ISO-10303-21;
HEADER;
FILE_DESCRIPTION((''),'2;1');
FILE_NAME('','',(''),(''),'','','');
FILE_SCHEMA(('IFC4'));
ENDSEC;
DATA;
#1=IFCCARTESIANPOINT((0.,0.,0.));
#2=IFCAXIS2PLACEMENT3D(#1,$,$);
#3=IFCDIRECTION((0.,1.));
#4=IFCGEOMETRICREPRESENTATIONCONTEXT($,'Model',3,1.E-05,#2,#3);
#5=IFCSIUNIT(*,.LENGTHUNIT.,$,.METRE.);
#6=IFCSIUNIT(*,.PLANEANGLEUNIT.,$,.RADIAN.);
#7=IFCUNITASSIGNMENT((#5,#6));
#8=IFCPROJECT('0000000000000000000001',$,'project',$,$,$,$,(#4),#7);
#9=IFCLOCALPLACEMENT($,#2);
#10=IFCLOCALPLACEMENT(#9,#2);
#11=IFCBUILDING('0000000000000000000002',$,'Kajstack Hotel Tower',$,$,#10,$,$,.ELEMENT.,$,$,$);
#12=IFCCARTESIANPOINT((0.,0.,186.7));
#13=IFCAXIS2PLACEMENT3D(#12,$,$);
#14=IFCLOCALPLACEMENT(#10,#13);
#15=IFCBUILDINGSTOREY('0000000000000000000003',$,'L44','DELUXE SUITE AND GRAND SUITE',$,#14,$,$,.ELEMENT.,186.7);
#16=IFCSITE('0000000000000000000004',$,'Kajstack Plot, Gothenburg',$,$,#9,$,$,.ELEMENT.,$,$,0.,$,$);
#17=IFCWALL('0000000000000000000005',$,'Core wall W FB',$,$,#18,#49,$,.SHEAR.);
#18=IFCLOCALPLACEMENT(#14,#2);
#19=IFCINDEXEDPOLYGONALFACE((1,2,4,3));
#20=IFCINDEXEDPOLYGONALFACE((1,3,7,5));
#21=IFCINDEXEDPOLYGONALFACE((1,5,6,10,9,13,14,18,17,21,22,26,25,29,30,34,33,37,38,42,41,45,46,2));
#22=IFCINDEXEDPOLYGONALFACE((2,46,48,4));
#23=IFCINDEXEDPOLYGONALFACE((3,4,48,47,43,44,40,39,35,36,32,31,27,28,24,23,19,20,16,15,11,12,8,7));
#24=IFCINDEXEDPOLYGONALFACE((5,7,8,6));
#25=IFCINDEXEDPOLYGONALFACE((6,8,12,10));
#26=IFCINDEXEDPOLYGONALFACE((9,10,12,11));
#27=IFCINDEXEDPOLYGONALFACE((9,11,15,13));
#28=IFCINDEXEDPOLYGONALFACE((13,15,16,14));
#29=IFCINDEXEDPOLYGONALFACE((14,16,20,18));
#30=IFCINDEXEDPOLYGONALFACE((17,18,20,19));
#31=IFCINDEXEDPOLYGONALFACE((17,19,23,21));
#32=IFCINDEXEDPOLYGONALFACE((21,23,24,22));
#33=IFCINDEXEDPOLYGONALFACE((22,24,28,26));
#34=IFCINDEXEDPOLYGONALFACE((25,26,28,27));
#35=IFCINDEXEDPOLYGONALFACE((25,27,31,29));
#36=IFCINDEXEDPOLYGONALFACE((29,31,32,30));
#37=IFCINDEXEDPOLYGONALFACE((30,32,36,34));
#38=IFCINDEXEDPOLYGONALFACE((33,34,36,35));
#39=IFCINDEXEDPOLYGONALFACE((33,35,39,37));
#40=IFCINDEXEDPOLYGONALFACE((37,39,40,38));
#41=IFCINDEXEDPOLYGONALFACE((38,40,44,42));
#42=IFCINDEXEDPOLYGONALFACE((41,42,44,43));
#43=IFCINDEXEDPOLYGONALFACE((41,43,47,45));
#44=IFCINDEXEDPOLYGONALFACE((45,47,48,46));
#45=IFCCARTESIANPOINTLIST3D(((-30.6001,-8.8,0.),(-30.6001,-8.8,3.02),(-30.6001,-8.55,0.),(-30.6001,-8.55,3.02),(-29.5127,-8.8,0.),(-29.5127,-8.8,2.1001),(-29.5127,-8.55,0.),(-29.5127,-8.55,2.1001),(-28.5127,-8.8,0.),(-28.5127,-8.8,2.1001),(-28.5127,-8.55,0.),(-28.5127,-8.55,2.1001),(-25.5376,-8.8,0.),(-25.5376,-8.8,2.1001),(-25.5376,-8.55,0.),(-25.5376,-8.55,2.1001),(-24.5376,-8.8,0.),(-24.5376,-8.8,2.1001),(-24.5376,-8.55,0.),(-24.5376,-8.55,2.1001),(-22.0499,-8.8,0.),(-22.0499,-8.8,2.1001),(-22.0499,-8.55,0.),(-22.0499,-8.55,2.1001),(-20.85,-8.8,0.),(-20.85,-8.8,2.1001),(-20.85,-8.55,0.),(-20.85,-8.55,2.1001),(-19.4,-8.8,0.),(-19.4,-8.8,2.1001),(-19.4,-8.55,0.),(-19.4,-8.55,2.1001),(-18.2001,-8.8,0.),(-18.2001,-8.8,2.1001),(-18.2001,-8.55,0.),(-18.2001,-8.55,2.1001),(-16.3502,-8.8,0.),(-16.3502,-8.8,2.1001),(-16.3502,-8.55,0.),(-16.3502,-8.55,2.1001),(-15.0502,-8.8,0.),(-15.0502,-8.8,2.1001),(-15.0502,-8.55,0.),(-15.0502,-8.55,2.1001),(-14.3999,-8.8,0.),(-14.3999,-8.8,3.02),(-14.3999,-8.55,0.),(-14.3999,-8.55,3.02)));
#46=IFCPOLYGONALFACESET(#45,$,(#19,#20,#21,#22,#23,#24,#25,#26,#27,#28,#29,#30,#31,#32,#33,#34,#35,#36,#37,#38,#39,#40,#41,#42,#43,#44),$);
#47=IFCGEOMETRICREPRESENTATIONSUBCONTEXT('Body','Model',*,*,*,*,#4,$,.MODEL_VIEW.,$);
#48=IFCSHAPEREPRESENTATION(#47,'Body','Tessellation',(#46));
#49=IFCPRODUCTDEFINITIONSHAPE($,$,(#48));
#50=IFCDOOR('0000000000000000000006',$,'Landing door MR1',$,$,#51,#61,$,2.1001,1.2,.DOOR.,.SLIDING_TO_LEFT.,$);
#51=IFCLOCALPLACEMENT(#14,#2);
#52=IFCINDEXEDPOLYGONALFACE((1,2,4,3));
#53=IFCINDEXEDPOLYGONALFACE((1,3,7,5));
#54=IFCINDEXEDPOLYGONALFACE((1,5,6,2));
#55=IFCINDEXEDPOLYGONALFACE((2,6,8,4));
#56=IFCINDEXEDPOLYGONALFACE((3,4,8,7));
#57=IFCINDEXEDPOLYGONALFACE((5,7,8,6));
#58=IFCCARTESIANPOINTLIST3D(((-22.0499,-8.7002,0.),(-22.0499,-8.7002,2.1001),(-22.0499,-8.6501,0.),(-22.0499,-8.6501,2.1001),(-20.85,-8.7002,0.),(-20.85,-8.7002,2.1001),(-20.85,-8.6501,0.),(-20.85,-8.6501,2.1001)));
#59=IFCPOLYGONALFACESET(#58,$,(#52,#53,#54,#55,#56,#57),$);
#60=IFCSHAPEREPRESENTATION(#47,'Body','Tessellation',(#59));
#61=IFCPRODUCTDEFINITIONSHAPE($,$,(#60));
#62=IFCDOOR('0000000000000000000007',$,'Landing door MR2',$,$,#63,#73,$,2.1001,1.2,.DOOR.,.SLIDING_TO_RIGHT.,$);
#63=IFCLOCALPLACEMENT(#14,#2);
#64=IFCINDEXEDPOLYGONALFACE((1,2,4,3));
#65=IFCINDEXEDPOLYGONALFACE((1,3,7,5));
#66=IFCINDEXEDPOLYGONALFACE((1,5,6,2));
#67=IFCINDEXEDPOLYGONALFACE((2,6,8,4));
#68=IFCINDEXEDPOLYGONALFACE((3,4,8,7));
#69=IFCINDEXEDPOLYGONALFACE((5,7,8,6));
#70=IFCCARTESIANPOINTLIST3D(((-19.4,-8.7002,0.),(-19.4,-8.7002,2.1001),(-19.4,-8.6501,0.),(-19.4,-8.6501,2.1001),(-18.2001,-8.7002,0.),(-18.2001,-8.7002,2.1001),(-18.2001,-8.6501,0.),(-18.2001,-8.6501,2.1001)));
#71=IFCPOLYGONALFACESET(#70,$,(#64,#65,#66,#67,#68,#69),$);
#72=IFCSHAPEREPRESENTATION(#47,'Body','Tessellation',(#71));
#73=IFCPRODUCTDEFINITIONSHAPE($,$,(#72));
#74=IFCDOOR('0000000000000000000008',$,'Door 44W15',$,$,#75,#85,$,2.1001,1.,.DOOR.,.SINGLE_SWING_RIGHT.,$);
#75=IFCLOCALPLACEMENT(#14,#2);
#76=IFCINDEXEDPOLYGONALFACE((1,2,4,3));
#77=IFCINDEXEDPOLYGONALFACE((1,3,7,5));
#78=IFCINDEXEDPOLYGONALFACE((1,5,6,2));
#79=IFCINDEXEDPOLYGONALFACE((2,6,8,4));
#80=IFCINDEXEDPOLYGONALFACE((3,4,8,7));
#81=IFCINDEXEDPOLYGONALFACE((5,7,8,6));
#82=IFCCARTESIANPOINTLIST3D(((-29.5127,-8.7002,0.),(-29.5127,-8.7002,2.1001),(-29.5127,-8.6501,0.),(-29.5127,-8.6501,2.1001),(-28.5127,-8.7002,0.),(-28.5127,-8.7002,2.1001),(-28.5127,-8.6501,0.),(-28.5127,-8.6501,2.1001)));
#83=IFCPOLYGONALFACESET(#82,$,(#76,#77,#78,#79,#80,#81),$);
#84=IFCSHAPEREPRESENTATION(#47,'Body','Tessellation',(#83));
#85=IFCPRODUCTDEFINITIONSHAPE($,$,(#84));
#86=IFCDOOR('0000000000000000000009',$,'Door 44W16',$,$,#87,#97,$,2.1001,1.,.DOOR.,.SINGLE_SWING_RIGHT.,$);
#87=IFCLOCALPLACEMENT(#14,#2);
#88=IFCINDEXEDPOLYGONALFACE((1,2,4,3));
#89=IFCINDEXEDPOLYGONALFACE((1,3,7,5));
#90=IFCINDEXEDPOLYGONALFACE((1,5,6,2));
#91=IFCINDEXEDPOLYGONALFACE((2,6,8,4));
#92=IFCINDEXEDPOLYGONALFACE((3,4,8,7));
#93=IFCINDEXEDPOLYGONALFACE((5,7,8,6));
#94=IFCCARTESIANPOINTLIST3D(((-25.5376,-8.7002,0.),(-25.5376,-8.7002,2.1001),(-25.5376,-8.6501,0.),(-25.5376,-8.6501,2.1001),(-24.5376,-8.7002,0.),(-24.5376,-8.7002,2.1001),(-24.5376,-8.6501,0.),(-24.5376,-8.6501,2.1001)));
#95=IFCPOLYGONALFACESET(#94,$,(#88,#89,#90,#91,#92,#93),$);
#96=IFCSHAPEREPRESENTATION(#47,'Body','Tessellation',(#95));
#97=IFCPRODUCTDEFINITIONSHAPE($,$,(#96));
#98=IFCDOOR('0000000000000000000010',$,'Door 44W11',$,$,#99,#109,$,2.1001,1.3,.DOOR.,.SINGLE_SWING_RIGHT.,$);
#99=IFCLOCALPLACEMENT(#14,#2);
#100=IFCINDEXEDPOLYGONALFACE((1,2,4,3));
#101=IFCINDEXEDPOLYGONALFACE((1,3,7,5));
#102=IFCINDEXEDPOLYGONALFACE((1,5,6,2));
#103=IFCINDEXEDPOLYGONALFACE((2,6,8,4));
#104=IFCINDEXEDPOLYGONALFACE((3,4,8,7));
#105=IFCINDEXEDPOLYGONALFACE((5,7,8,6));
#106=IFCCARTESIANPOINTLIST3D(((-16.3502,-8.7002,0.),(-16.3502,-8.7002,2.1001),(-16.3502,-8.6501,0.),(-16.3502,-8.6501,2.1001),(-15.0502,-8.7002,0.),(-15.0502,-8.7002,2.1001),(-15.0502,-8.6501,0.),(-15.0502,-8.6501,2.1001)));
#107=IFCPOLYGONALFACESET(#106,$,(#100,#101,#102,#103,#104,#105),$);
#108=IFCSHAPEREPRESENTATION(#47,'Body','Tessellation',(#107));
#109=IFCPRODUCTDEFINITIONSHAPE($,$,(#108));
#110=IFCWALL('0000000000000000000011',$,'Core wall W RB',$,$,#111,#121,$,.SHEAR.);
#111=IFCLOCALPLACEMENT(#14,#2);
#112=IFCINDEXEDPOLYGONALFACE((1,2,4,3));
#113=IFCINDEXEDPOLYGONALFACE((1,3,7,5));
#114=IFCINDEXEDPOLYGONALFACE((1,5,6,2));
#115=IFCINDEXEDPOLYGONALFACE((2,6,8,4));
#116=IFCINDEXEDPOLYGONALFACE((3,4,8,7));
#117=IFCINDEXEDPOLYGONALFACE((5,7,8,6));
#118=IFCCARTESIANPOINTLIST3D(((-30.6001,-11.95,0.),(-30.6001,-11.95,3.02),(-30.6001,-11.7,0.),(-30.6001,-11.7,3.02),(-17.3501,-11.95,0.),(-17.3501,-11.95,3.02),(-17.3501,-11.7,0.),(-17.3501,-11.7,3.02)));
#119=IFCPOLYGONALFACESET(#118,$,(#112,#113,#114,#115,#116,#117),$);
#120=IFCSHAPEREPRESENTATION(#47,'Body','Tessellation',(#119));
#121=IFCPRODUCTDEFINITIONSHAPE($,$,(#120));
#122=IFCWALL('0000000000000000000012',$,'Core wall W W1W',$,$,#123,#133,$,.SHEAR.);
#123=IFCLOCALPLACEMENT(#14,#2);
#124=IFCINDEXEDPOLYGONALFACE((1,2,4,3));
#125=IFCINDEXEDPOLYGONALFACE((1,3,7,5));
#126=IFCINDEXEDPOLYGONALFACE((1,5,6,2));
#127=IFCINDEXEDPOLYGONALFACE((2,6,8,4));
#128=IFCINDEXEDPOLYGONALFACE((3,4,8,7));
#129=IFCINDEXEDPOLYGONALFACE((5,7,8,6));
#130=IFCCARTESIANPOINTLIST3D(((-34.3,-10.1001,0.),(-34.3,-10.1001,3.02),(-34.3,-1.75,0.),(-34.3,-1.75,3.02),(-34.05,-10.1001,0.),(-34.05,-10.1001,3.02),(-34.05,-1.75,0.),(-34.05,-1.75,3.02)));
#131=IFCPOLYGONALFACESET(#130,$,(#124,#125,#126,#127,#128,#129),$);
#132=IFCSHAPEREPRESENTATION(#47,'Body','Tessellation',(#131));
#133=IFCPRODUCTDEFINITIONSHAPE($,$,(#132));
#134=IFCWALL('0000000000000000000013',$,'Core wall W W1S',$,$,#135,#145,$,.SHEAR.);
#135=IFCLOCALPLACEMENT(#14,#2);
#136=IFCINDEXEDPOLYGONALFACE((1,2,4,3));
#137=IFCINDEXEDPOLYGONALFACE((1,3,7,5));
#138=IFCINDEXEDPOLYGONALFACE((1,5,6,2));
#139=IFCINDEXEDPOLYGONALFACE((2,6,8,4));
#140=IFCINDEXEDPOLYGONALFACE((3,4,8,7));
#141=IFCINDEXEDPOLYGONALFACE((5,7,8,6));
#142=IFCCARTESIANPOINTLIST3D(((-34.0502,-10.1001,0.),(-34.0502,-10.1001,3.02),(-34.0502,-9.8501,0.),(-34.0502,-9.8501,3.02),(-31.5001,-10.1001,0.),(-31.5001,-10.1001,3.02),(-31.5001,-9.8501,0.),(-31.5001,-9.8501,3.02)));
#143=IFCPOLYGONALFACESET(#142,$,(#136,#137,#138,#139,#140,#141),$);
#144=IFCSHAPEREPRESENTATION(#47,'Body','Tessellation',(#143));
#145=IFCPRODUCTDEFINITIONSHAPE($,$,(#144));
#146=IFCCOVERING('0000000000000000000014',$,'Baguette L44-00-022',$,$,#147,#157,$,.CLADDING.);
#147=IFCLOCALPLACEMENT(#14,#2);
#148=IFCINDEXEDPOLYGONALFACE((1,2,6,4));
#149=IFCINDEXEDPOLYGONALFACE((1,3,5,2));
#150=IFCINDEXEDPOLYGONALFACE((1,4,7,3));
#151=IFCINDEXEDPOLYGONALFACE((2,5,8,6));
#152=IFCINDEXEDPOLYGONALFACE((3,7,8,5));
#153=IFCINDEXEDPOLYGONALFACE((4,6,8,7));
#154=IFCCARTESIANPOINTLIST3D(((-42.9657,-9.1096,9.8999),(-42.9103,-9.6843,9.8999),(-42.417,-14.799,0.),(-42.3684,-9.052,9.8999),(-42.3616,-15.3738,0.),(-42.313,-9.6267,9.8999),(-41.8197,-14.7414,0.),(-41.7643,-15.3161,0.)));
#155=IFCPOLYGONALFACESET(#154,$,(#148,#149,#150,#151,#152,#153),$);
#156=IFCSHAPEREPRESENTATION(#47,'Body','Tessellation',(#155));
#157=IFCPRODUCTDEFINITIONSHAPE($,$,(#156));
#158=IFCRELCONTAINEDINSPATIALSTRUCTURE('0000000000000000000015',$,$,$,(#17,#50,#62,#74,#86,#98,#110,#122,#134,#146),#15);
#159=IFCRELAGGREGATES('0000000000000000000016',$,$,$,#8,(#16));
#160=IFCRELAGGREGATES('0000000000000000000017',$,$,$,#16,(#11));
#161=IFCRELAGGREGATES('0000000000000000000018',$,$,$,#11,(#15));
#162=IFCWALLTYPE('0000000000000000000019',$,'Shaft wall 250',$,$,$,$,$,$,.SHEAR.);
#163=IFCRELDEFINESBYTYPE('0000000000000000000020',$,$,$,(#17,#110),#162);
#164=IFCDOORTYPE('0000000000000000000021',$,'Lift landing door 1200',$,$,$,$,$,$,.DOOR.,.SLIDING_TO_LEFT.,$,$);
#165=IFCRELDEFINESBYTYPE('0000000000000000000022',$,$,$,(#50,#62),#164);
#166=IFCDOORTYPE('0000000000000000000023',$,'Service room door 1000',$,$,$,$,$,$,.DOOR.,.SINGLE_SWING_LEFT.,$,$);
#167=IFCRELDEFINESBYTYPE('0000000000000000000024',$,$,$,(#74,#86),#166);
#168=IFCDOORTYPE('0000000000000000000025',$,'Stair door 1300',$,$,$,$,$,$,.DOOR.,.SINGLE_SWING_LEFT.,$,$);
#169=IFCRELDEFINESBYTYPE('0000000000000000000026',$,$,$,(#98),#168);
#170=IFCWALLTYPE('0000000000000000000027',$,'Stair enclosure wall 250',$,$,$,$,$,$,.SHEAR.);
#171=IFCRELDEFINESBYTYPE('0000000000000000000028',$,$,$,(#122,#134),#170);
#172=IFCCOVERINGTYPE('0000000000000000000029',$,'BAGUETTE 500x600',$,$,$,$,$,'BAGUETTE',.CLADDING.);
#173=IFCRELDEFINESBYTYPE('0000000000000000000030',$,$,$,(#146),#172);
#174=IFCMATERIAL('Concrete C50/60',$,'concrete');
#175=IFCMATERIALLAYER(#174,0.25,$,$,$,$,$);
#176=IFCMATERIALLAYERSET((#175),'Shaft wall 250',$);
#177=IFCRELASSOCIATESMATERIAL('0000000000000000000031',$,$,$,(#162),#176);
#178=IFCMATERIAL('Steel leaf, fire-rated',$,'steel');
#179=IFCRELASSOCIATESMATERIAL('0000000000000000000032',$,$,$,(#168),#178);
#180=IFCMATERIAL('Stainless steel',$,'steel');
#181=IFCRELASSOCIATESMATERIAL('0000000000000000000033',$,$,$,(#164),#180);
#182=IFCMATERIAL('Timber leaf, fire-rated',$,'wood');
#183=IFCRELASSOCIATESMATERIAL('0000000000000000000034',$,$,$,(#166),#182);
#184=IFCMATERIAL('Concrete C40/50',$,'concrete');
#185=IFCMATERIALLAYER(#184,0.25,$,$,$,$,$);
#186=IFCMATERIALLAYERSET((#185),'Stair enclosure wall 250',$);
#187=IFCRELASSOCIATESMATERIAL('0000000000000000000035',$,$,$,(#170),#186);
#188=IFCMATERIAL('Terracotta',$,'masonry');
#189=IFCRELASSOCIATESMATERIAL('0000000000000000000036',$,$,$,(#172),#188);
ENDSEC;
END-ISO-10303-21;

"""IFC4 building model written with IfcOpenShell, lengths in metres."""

from ifc_helpers import new_model, si_unit, direction, frame, frame_2d, origin, origin_2d, place, context, subcontext, project, spatial, polyline, rectangle, outline, extrude, material, layer, layer_set, material_profile, profile_set, type_object, element, fill, save


model = new_model("IFC4")

# Units and contexts
model_context = context("Model", 3, precision=1e-05, world=origin(), true_north=direction((0.0, 1.0)))
body_context = subcontext(model_context, "Body", "Model", "MODEL_VIEW")
ifc_project = project(units=[si_unit("LENGTHUNIT", "METRE"), si_unit("PLANEANGLEUNIT", "RADIAN")], contexts=[model_context])

# Site, building, storey
site_placement = place(None, origin())
site = spatial("IfcSite", under=ifc_project, at=site_placement, Name="Kajstack Plot, Gothenburg", CompositionType="ELEMENT", RefElevation=0.0)
building_placement = place(site_placement, origin())
building = spatial("IfcBuilding", under=site, at=building_placement, Name="Kajstack Hotel Tower", CompositionType="ELEMENT")
storey_placement = place(building_placement, frame((0.0, 0.0, 186.7)))
storey = spatial("IfcBuildingStorey", under=building, at=storey_placement, Name="L44", Description="DELUXE SUITE AND GRAND SUITE", CompositionType="ELEMENT", Elevation=186.7)

# Shared definitions
ifc_material_1 = material(Name="Stainless steel", Category="steel")

# Wall, openings, doors
ifc_material_2 = material(Name="Concrete C50/60", Category="concrete")
ifc_layer_1 = layer(ifc_material_2, 0.25)
ifc_layer_set_1 = layer_set([ifc_layer_1], Name="Shaft wall 250")
wall_type_1 = type_object("IfcWallType", Name="Shaft wall 250", PredefinedType="SHEAR", material=ifc_layer_set_1)
ifc_material_3 = material(Name="Timber leaf, fire-rated", Category="wood")
ifc_material_4 = material(Name="Steel leaf, fire-rated", Category="steel")
door_type_1 = type_object("IfcDoorType", Name="Stair door 1300", OperationType="SINGLE_SWING_LEFT", PredefinedType="DOOR", material=ifc_material_4)
wall_1_placement = place(storey_placement, frame((-30.6001, -8.675, 0.0), z_axis=(0.0, 0.0, 1.0), x_axis=(1.0, 0.0, 0.0)))
wall_1 = element("IfcWall", 1, at=wall_1_placement, inside=storey, type_object=wall_type_1, Name="Core wall W FB", PredefinedType="SHEAR", context=body_context, shape_type="SweptSolid", body=[
    extrude(rectangle(XDim=16.2002, YDim=0.25, at=frame_2d((8.1001, 0.0))), origin(), (0.0, 0.0, 1.0), 3.02),
])
opening_1_placement = place(wall_1_placement, frame((8.55, 0.0, 0.0)))
opening_1 = element("IfcOpeningElement", 2, at=opening_1_placement, cuts=wall_1, PredefinedType="OPENING", context=body_context, shape_type="SweptSolid", body=[
    extrude(rectangle(XDim=1.2, YDim=2.1001, at=frame_2d((0.6001, 1.05))), frame((0.0, 0.135, 0.0), z_axis=(0.0, -1.0, 0.0), x_axis=(1.0, 0.0, 0.0)), (0.0, 0.0, 1.0), 0.27),
])
opening_2_placement = place(wall_1_placement, frame((11.2, 0.0, 0.0)))
opening_2 = element("IfcOpeningElement", 3, at=opening_2_placement, cuts=wall_1, PredefinedType="OPENING", context=body_context, shape_type="SweptSolid", body=[
    extrude(rectangle(XDim=1.2, YDim=2.1001, at=frame_2d((0.6001, 1.05))), frame((0.0, 0.135, 0.0), z_axis=(0.0, -1.0, 0.0), x_axis=(1.0, 0.0, 0.0)), (0.0, 0.0, 1.0), 0.27),
])
opening_3_placement = place(wall_1_placement, frame((14.25, 0.0, 0.0)))
opening_3 = element("IfcOpeningElement", 4, at=opening_3_placement, cuts=wall_1, PredefinedType="OPENING", context=body_context, shape_type="SweptSolid", body=[
    extrude(rectangle(XDim=1.3, YDim=2.1001, at=frame_2d((0.6499, 1.05))), frame((0.0, 0.135, 0.0), z_axis=(0.0, -1.0, 0.0), x_axis=(1.0, 0.0, 0.0)), (0.0, 0.0, 1.0), 0.27),
])
opening_4_placement = place(wall_1_placement, frame((1.0874, 0.0, 0.0)))
opening_4 = element("IfcOpeningElement", 5, at=opening_4_placement, cuts=wall_1, PredefinedType="OPENING", context=body_context, shape_type="SweptSolid", body=[
    extrude(rectangle(XDim=1.0, YDim=2.1001, at=frame_2d((0.5, 1.05))), frame((0.0, 0.135, 0.0), z_axis=(0.0, -1.0, 0.0), x_axis=(1.0, 0.0, 0.0)), (0.0, 0.0, 1.0), 0.27),
])
opening_5_placement = place(wall_1_placement, frame((5.0625, 0.0, 0.0)))
opening_5 = element("IfcOpeningElement", 6, at=opening_5_placement, cuts=wall_1, PredefinedType="OPENING", context=body_context, shape_type="SweptSolid", body=[
    extrude(rectangle(XDim=1.0, YDim=2.1001, at=frame_2d((0.5, 1.05))), frame((0.0, 0.135, 0.0), z_axis=(0.0, -1.0, 0.0), x_axis=(1.0, 0.0, 0.0)), (0.0, 0.0, 1.0), 0.27),
])
door_type_2 = type_object("IfcDoorType", Name="Lift landing door 1200", OperationType="SLIDING_TO_LEFT", PredefinedType="DOOR", material=ifc_material_1)
door_1_placement = place(opening_1_placement, origin())
door_1 = element("IfcDoor", 7, at=door_1_placement, inside=storey, type_object=door_type_2, Name="Landing door MR1", OperationType="SLIDING_TO_LEFT", OverallHeight=2.1001, OverallWidth=1.2, PredefinedType="DOOR", context=body_context, shape_type="SweptSolid", body=[
    extrude(rectangle(XDim=1.2, YDim=2.1001, at=frame_2d((0.6001, 1.05))), frame((0.0, 0.0249, 0.0), z_axis=(0.0, -1.0, 0.0), x_axis=(1.0, 0.0, 0.0)), (0.0, 0.0, 1.0), 0.05),
])
fill(opening_1, door_1)
door_2_placement = place(opening_2_placement, origin())
door_2 = element("IfcDoor", 8, at=door_2_placement, inside=storey, type_object=door_type_2, Name="Landing door MR2", OperationType="SLIDING_TO_RIGHT", OverallHeight=2.1001, OverallWidth=1.2, PredefinedType="DOOR", context=body_context, shape_type="SweptSolid", body=[
    extrude(rectangle(XDim=1.2, YDim=2.1001, at=frame_2d((0.6001, 1.05))), frame((0.0, 0.0249, 0.0), z_axis=(0.0, -1.0, 0.0), x_axis=(1.0, 0.0, 0.0)), (0.0, 0.0, 1.0), 0.05),
])
fill(opening_2, door_2)
door_type_3 = type_object("IfcDoorType", Name="Service room door 1000", OperationType="SINGLE_SWING_LEFT", PredefinedType="DOOR", material=ifc_material_3)
door_3_placement = place(opening_4_placement, origin())
door_3 = element("IfcDoor", 9, at=door_3_placement, inside=storey, type_object=door_type_3, Name="Door 44W15", OperationType="SINGLE_SWING_RIGHT", OverallHeight=2.1001, OverallWidth=1.0, PredefinedType="DOOR", context=body_context, shape_type="SweptSolid", body=[
    extrude(rectangle(XDim=1.0, YDim=2.1001, at=frame_2d((0.5, 1.05))), frame((0.0, 0.0249, 0.0), z_axis=(0.0, -1.0, 0.0), x_axis=(1.0, 0.0, 0.0)), (0.0, 0.0, 1.0), 0.05),
])
fill(opening_4, door_3)
door_4_placement = place(opening_5_placement, origin())
door_4 = element("IfcDoor", 10, at=door_4_placement, inside=storey, type_object=door_type_3, Name="Door 44W16", OperationType="SINGLE_SWING_RIGHT", OverallHeight=2.1001, OverallWidth=1.0, PredefinedType="DOOR", context=body_context, shape_type="SweptSolid", body=[
    extrude(rectangle(XDim=1.0, YDim=2.1001, at=frame_2d((0.5, 1.05))), frame((0.0, 0.0249, 0.0), z_axis=(0.0, -1.0, 0.0), x_axis=(1.0, 0.0, 0.0)), (0.0, 0.0, 1.0), 0.05),
])
fill(opening_5, door_4)
door_5_placement = place(opening_3_placement, origin())
door_5 = element("IfcDoor", 11, at=door_5_placement, inside=storey, type_object=door_type_1, Name="Door 44W11", OperationType="SINGLE_SWING_RIGHT", OverallHeight=2.1001, OverallWidth=1.3, PredefinedType="DOOR", context=body_context, shape_type="SweptSolid", body=[
    extrude(rectangle(XDim=1.3, YDim=2.1001, at=frame_2d((0.6499, 1.05))), frame((0.0, 0.0249, 0.0), z_axis=(0.0, -1.0, 0.0), x_axis=(1.0, 0.0, 0.0)), (0.0, 0.0, 1.0), 0.05),
])
fill(opening_3, door_5)

# Walls
wall_2_placement = place(storey_placement, frame((-30.6001, -11.825, 0.0), z_axis=(0.0, 0.0, 1.0), x_axis=(1.0, 0.0, 0.0)))
element("IfcWall", 12, at=wall_2_placement, inside=storey, type_object=wall_type_1, Name="Core wall W RB", PredefinedType="SHEAR", context=body_context, shape_type="SweptSolid", body=[
    extrude(rectangle(XDim=13.25, YDim=0.25, at=frame_2d((6.625, 0.0))), origin(), (0.0, 0.0, 1.0), 3.02),
])
ifc_material_5 = material(Name="Concrete C40/50", Category="concrete")
ifc_layer_2 = layer(ifc_material_5, 0.25)
ifc_layer_set_2 = layer_set([ifc_layer_2], Name="Stair enclosure wall 250")
wall_type_2 = type_object("IfcWallType", Name="Stair enclosure wall 250", PredefinedType="SHEAR", material=ifc_layer_set_2)
wall_3_placement = place(storey_placement, frame((-34.175, -10.1001, 0.0), z_axis=(0.0, 0.0, 1.0), x_axis=(0.0, 1.0, 0.0)))
element("IfcWall", 13, at=wall_3_placement, inside=storey, type_object=wall_type_2, Name="Core wall W W1W", PredefinedType="SHEAR", context=body_context, shape_type="SweptSolid", body=[
    extrude(rectangle(XDim=8.3501, YDim=0.25, at=frame_2d((4.175, 0.0))), origin(), (0.0, 0.0, 1.0), 3.02),
])
wall_4_placement = place(storey_placement, frame((-34.05, -9.9751, 0.0), z_axis=(0.0, 0.0, 1.0), x_axis=(1.0, 0.0, 0.0)))
element("IfcWall", 14, at=wall_4_placement, inside=storey, type_object=wall_type_2, Name="Core wall W W1S", PredefinedType="SHEAR", context=body_context, shape_type="SweptSolid", body=[
    extrude(rectangle(XDim=2.55, YDim=0.25, at=frame_2d((1.2749, 0.0))), origin(), (0.0, 0.0, 1.0), 3.02),
])

# Covering
ifc_material_6 = material(Name="Terracotta", Category="masonry")
ifc_material_profile = material_profile(ifc_material_6, rectangle(XDim=0.6001, YDim=0.5, at=origin_2d()), Name="Terracotta-clad concrete baguette 500 x 600")
ifc_profile_set = profile_set([ifc_material_profile], Name="Terracotta")
covering_type = type_object("IfcCoveringType", Name="BAGUETTE 500x600", ElementType="BAGUETTE", PredefinedType="CLADDING", material=ifc_profile_set)
covering_1_placement = place(storey_placement, frame((-42.3684, -9.052, 0.0), z_axis=(-0.995381, -0.095999, 0.0), x_axis=(0.095999, -0.995381, 0.0)))
element("IfcCovering", 15, at=covering_1_placement, inside=storey, type_object=covering_type, Name="Baguette L44-00-022", PredefinedType="CLADDING", context=body_context, shape_type="SweptSolid", body=[
    extrude(outline(polyline([(0.0, 9.8999), (5.7158, 0.0), (6.2932, 0.0), (0.5774, 9.8999), (0.0, 9.8999)])), origin(), (0.0, 0.0, 1.0), 0.6001),
])

save(model, "model.ifc")
